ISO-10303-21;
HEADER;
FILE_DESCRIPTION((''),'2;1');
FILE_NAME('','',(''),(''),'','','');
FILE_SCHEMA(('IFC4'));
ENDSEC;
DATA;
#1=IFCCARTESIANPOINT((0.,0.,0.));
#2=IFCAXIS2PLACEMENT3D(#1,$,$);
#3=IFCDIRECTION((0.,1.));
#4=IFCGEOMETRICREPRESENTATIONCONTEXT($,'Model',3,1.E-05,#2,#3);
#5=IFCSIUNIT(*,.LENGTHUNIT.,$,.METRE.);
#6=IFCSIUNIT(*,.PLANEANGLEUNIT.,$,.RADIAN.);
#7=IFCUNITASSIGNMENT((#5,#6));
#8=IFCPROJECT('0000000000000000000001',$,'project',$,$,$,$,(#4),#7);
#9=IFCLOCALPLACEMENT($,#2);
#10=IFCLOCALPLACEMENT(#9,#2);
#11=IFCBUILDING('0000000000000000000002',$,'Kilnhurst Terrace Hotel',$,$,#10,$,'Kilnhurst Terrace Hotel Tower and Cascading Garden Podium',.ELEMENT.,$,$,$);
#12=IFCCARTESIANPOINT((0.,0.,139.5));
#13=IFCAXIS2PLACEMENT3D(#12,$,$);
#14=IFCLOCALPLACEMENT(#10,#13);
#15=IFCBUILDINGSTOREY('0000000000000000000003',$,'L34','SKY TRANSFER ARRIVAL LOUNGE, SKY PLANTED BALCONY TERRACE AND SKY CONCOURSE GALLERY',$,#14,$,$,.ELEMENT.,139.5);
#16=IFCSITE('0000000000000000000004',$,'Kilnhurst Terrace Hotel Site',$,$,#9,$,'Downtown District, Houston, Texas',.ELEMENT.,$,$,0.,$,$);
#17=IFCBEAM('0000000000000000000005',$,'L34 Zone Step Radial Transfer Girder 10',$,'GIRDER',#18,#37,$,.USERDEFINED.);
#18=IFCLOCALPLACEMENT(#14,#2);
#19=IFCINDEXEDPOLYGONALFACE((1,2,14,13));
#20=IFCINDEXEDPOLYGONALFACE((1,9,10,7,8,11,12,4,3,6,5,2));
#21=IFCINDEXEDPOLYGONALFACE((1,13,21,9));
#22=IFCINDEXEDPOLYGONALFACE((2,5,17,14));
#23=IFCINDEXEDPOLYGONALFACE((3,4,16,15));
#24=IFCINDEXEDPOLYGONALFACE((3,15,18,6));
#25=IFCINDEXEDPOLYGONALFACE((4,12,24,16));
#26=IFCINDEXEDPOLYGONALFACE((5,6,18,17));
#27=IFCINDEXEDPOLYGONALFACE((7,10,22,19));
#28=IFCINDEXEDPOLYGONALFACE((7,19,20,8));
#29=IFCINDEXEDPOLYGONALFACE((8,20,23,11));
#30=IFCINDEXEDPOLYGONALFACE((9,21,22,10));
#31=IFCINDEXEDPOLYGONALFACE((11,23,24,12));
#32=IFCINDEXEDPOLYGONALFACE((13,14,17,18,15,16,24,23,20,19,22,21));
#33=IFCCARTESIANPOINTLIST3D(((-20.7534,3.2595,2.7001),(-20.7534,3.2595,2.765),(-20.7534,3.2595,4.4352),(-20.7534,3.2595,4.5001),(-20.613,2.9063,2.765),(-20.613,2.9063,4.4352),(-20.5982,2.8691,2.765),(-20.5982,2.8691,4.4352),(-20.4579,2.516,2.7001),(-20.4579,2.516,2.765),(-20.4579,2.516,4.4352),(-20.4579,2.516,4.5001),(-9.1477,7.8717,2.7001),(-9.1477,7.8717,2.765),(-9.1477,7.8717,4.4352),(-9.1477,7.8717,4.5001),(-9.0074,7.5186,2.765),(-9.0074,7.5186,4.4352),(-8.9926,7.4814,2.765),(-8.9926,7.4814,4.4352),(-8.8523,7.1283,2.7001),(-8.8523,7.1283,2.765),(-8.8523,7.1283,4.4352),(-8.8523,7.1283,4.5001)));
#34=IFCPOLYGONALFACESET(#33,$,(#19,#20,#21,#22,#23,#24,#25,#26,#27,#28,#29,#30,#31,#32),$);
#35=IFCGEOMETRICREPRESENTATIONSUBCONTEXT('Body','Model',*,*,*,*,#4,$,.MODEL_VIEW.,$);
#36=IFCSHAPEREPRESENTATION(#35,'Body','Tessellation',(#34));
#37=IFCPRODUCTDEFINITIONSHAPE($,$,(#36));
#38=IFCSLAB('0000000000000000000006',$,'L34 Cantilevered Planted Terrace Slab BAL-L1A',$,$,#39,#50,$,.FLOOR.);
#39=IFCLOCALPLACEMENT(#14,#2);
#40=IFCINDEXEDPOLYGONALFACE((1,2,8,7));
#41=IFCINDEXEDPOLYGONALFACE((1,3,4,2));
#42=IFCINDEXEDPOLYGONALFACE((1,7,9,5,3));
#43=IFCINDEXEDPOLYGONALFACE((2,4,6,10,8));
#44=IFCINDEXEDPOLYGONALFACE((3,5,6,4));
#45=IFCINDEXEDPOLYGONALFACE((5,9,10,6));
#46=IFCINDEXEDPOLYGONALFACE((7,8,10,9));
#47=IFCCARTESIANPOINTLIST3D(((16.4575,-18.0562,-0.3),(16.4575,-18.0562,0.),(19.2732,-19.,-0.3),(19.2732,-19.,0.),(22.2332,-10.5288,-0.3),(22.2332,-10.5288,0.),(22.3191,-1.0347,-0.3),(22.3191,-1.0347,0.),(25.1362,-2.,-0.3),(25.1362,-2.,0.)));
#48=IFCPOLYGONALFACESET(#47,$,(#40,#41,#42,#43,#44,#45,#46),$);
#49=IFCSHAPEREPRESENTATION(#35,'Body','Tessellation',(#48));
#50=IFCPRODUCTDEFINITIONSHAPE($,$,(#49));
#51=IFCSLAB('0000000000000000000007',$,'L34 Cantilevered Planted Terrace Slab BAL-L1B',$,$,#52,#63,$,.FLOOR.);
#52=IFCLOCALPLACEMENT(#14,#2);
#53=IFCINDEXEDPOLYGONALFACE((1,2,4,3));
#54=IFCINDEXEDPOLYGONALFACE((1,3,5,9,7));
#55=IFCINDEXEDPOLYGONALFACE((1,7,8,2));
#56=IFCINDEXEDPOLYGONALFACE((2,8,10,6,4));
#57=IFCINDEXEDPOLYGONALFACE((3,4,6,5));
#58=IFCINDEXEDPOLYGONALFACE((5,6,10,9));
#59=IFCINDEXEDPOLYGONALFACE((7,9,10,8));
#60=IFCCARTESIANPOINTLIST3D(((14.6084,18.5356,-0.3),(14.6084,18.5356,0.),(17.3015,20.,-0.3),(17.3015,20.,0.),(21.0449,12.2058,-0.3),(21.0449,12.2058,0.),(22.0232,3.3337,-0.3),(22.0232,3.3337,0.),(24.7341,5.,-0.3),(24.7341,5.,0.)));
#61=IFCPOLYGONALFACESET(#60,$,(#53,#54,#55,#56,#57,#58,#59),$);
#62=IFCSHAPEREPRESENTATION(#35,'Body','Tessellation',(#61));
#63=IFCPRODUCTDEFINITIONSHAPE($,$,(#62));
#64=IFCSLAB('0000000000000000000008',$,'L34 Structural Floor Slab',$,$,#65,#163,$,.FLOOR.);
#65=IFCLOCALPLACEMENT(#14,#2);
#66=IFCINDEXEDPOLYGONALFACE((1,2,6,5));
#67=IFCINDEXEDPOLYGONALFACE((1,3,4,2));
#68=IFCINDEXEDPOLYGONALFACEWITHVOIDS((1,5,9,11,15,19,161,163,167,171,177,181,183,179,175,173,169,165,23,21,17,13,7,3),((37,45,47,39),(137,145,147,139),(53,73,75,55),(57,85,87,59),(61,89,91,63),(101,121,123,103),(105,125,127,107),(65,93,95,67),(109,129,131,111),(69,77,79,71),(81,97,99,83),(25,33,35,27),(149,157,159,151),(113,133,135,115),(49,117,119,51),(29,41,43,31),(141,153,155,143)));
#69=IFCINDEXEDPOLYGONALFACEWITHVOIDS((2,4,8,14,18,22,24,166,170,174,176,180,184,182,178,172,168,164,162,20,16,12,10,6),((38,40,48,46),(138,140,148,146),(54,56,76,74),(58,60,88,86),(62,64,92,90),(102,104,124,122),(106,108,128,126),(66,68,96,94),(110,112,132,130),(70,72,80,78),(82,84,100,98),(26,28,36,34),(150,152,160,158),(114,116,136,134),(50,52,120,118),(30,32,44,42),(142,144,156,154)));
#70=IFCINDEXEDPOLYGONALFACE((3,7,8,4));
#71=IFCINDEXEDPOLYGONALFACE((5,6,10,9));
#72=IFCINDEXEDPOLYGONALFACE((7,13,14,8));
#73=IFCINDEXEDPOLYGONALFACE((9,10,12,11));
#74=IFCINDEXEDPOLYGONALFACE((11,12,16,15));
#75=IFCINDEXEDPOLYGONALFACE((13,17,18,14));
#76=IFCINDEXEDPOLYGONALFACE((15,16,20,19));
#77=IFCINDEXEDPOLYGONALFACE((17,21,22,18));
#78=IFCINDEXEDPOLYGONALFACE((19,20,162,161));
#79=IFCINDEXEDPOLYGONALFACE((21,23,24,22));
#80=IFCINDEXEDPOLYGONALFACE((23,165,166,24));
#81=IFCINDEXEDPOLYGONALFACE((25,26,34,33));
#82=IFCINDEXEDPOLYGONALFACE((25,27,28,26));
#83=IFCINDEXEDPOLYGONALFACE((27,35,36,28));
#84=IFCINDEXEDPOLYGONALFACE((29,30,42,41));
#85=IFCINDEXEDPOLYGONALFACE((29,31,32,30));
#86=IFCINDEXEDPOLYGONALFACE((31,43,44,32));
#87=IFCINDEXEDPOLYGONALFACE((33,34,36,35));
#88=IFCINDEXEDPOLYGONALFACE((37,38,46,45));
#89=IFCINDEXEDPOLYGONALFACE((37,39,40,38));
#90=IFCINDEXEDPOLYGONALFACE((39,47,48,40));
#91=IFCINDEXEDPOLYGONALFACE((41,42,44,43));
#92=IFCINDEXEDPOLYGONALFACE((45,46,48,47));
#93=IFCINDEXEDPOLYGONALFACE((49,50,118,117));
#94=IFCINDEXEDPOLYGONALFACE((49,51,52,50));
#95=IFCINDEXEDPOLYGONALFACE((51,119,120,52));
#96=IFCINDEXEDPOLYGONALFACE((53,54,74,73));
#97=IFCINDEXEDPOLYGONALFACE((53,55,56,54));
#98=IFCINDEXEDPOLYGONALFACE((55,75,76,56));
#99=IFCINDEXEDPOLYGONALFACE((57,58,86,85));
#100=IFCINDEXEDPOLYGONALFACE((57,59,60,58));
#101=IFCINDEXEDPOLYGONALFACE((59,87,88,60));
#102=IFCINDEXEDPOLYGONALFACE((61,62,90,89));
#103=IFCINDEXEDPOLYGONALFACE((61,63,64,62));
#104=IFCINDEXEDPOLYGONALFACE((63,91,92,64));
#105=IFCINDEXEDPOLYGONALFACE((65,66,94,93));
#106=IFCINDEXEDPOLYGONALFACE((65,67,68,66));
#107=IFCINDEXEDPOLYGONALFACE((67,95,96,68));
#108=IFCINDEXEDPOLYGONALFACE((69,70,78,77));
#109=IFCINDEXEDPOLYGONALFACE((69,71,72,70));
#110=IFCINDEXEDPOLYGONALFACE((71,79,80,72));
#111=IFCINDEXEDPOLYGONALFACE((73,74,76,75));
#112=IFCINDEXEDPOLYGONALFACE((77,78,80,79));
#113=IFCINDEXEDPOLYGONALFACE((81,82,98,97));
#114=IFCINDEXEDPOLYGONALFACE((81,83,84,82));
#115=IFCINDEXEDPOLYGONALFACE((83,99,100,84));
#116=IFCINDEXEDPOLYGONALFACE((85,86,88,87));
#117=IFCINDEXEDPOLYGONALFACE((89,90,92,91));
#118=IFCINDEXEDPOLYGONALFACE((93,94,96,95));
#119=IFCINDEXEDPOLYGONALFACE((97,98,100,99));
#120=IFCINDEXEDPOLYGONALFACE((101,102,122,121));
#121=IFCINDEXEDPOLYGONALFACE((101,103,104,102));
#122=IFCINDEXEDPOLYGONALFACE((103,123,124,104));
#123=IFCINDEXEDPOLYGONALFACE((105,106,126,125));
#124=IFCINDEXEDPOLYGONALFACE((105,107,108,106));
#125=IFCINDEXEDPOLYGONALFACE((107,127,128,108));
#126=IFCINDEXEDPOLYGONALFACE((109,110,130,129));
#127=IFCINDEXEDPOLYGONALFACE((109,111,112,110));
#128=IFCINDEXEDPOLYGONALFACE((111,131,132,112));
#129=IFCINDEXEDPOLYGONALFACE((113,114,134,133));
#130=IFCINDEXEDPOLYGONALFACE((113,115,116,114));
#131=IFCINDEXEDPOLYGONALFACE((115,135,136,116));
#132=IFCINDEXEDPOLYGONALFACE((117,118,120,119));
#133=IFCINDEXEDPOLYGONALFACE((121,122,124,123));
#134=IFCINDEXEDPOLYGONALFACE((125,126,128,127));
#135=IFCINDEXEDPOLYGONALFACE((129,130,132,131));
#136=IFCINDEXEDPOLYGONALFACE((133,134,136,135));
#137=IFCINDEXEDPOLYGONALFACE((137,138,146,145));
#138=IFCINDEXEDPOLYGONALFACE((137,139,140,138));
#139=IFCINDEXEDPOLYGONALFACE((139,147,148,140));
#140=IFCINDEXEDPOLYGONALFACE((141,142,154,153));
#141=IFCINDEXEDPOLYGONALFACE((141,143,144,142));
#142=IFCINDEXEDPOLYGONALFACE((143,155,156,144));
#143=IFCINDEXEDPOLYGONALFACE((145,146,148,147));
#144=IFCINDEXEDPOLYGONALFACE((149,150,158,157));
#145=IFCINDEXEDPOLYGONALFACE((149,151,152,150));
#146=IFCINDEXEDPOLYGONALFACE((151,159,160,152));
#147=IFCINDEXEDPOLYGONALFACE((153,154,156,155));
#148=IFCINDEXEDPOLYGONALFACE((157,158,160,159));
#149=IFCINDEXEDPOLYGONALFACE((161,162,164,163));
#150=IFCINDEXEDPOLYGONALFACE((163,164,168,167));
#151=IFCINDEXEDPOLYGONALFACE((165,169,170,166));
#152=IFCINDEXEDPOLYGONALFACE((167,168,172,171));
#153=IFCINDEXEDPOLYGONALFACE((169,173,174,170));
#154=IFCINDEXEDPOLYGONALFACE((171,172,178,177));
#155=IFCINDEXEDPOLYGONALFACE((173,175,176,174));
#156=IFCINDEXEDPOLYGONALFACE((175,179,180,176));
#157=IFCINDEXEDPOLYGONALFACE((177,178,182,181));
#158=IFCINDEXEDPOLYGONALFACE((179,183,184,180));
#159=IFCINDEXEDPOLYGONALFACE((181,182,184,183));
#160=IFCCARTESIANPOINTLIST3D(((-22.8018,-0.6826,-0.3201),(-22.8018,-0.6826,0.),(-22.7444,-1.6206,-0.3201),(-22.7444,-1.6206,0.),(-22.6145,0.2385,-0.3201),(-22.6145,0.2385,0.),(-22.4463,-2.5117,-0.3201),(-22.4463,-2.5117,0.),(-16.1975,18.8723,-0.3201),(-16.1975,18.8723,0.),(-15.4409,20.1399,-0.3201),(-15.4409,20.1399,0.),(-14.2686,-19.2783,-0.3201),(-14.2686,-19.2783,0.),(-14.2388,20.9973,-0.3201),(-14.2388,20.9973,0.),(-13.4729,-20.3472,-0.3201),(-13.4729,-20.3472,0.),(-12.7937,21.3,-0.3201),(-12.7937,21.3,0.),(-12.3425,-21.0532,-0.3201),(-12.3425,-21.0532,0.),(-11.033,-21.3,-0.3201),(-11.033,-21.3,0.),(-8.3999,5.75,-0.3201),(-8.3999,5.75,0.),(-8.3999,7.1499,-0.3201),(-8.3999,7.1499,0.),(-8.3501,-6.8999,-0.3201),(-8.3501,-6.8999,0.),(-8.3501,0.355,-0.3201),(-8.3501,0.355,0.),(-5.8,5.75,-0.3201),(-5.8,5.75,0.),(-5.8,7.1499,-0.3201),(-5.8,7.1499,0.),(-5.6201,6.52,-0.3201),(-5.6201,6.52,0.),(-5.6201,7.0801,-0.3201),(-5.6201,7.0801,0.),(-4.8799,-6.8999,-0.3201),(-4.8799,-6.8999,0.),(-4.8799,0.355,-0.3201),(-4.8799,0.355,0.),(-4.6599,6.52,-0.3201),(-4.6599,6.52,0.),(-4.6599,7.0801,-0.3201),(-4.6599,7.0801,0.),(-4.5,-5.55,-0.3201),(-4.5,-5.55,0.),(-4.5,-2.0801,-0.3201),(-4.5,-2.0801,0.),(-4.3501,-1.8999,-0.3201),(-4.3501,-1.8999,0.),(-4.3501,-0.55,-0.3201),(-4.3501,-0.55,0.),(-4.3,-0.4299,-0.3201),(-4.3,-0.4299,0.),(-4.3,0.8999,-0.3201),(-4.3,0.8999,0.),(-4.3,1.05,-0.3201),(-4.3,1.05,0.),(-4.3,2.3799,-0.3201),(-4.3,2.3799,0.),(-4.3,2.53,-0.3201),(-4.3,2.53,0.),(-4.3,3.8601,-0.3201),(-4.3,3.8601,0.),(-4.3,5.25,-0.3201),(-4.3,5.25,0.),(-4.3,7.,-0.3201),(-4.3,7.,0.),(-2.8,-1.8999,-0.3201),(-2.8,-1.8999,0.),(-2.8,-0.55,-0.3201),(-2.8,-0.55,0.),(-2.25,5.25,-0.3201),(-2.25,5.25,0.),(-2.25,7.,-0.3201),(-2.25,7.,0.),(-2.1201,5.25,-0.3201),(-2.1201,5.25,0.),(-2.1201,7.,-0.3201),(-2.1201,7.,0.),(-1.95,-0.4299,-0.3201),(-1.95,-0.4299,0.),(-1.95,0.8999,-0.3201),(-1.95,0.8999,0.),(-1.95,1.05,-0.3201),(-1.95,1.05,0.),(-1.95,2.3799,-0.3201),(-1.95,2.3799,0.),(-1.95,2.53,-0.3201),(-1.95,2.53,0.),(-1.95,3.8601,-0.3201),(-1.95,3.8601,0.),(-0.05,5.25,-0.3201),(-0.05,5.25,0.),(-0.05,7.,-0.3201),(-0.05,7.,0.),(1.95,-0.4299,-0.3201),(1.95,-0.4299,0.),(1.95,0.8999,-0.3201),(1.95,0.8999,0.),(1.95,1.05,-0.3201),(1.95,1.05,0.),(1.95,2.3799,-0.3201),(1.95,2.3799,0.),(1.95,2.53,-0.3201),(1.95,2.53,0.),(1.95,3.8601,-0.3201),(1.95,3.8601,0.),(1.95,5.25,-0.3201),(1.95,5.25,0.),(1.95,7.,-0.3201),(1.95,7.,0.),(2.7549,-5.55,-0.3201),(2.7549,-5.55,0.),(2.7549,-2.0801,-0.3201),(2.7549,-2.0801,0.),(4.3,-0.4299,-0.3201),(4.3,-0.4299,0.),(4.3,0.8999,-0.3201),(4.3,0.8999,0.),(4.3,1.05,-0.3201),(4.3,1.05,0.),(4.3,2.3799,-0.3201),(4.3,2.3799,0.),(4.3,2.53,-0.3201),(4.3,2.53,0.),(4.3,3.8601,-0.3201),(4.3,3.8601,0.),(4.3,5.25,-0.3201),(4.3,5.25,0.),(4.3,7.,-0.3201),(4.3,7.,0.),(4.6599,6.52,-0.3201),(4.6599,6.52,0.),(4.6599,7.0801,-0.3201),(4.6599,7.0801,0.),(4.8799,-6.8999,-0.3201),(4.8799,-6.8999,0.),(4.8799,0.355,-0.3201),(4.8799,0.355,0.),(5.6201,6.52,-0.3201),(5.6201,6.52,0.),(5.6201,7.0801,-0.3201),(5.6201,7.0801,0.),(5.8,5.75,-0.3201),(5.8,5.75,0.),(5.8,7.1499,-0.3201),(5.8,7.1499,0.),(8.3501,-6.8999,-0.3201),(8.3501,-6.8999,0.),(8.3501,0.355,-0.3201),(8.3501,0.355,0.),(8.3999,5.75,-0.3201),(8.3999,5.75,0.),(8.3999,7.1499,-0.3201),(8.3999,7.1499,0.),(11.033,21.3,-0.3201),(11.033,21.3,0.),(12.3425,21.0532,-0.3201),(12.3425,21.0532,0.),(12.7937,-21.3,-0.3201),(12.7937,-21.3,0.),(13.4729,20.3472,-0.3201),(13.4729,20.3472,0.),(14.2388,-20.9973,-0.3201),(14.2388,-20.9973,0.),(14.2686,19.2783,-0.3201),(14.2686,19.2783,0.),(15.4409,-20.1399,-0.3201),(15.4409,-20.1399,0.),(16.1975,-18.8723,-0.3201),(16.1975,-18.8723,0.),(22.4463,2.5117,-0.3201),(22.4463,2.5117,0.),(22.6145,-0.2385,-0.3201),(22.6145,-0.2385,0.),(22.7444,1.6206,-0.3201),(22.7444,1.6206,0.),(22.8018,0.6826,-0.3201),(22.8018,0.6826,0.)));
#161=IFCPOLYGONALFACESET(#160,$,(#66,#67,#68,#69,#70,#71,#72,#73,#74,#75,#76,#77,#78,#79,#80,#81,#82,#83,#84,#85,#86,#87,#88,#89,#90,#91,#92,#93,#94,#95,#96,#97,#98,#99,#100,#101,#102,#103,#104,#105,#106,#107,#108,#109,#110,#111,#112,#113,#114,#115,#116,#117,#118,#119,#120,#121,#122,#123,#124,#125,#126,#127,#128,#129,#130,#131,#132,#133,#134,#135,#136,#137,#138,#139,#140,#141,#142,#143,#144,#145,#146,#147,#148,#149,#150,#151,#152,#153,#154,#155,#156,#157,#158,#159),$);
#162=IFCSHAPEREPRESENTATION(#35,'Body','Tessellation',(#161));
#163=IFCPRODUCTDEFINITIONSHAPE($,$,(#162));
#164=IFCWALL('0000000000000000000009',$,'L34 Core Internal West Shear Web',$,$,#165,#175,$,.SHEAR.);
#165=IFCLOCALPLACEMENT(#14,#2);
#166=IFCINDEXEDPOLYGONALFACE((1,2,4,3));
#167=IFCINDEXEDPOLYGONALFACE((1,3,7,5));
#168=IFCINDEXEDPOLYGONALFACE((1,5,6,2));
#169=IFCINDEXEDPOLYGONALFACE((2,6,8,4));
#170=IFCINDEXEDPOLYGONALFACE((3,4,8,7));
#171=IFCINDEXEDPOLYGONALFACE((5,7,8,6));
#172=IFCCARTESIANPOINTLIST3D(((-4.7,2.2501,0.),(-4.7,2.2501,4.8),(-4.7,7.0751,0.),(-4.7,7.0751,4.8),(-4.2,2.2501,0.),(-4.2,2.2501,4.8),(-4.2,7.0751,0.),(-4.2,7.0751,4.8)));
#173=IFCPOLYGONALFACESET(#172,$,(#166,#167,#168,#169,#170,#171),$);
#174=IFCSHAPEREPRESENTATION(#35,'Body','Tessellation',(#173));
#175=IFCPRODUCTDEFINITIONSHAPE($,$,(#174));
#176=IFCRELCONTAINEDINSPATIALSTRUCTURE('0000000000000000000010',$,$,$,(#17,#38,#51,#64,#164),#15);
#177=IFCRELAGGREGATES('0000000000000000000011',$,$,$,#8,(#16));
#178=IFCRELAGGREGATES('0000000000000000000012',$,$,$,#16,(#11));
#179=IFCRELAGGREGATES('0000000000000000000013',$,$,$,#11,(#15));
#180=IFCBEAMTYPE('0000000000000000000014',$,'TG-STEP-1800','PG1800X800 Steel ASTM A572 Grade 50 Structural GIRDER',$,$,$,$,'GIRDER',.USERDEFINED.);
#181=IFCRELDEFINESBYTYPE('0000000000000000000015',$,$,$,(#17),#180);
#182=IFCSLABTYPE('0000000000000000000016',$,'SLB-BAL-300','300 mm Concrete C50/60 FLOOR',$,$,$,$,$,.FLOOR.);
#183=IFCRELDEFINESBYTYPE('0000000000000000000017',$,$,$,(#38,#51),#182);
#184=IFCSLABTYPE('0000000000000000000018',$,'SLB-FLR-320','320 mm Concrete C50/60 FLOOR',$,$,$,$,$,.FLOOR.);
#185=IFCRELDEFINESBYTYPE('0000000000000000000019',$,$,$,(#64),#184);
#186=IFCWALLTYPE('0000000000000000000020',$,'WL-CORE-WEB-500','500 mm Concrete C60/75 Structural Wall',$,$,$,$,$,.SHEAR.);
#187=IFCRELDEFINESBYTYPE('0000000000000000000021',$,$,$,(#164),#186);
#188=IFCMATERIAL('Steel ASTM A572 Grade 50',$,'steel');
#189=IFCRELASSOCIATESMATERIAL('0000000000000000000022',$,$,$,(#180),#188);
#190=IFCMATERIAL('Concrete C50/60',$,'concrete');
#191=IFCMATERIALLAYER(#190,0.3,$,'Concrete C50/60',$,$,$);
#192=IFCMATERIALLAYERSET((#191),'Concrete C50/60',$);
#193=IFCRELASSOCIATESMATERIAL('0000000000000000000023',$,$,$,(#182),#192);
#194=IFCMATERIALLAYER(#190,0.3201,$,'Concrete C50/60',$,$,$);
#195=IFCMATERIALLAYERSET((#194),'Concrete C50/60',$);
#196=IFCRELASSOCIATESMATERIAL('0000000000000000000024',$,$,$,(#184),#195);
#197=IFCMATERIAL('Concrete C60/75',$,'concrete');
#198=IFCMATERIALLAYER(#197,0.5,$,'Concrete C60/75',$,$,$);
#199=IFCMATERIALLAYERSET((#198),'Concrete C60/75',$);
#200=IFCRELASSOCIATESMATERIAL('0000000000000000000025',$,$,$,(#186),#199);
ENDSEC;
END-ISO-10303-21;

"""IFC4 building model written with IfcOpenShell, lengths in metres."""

from ifc_helpers import new_model, si_unit, direction, frame, frame_2d, origin, origin_2d, place, context, subcontext, project, spatial, polyline, rectangle, i_section, outline, extrude, material, layer, layer_set, material_profile, profile_set, type_object, element, save


model = new_model("IFC4")

# Units and contexts
model_context = context("Model", 3, precision=1e-05, world=origin(), true_north=direction((0.0, 1.0)))
body_context = subcontext(model_context, "Body", "Model", "MODEL_VIEW")
ifc_project = project(units=[si_unit("LENGTHUNIT", "METRE"), si_unit("PLANEANGLEUNIT", "RADIAN")], contexts=[model_context])

# Site, building, storey
site_placement = place(None, origin())
site = spatial("IfcSite", under=ifc_project, at=site_placement, Name="Kilnhurst Terrace Hotel Site", LongName="Downtown District, Houston, Texas", CompositionType="ELEMENT", RefElevation=0.0)
building_placement = place(site_placement, origin())
building = spatial("IfcBuilding", under=site, at=building_placement, Name="Kilnhurst Terrace Hotel", LongName="Kilnhurst Terrace Hotel Tower and Cascading Garden Podium", CompositionType="ELEMENT")
storey_placement = place(building_placement, frame((0.0, 0.0, 139.5)))
storey = spatial("IfcBuildingStorey", under=building, at=storey_placement, Name="L34", Description="SKY TRANSFER ARRIVAL LOUNGE, SKY PLANTED BALCONY TERRACE AND SKY CONCOURSE GALLERY", CompositionType="ELEMENT", Elevation=139.5)

# Beam
ifc_material_1 = material(Name="Concrete C50/60", Category="concrete")
ifc_material_2 = material(Name="Steel ASTM A572 Grade 50", Category="steel")
ifc_material_profile_1 = material_profile(ifc_material_2, i_section(OverallWidth=0.8, OverallDepth=1.8, WebThickness=0.04, FlangeThickness=0.0649, at=origin_2d()), Name="PG1800X800")
ifc_profile_set_1 = profile_set([ifc_material_profile_1], Name="Steel ASTM A572 Grade 50")
beam_type_1 = type_object("IfcBeamType", Name="TG-STEP-1800", Description="PG1800X800 Steel ASTM A572 Grade 50 Structural GIRDER", ElementType="GIRDER", PredefinedType="USERDEFINED", material=ifc_profile_set_1)
beam_1_placement = place(storey_placement, frame((-9.0, 7.5, 3.6001), z_axis=(-0.929302, -0.36932, 0.0), x_axis=(0.36932, -0.929302, 0.0)))
element("IfcBeam", 1, at=beam_1_placement, inside=storey, type_object=beam_type_1, Name="L34 Zone Step Radial Transfer Girder 10", ObjectType="GIRDER", PredefinedType="USERDEFINED", context=body_context, shape_type="SweptSolid", body=[
    extrude(i_section(OverallWidth=0.8, OverallDepth=1.8, WebThickness=0.04, FlangeThickness=0.0649, at=origin_2d()), origin(), (0.0, 0.0, 1.0), 12.4885),
])

# Slabs
ifc_layer_1 = layer(ifc_material_1, 0.3, Name="Concrete C50/60")
ifc_layer_set_1 = layer_set([ifc_layer_1], Name="Concrete C50/60")
slab_type_1 = type_object("IfcSlabType", Name="SLB-BAL-300", Description="300 mm Concrete C50/60 FLOOR", PredefinedType="FLOOR", material=ifc_layer_set_1)
slab_1_placement = place(storey_placement, frame((0.0, 0.0, -0.3)))
element("IfcSlab", 2, at=slab_1_placement, inside=storey, type_object=slab_type_1, Name="L34 Cantilevered Planted Terrace Slab BAL-L1A", PredefinedType="FLOOR", context=body_context, shape_type="SweptSolid", body=[
    extrude(outline(polyline([(22.2332, -10.5288), (19.2732, -19.0), (16.4575, -18.0562), (22.3191, -1.0347), (25.1362, -2.0), (22.2332, -10.5288)])), origin(), (0.0, 0.0, 1.0), 0.3),
])
slab_2_placement = place(storey_placement, frame((0.0, 0.0, -0.3)))
element("IfcSlab", 3, at=slab_2_placement, inside=storey, type_object=slab_type_1, Name="L34 Cantilevered Planted Terrace Slab BAL-L1B", PredefinedType="FLOOR", context=body_context, shape_type="SweptSolid", body=[
    extrude(outline(polyline([(24.7341, 5.0), (22.0232, 3.3337), (14.6084, 18.5356), (17.3015, 20.0), (21.0449, 12.2058), (24.7341, 5.0)])), origin(), (0.0, 0.0, 1.0), 0.3),
])
ifc_layer_2 = layer(ifc_material_1, 0.3201, Name="Concrete C50/60")
ifc_layer_set_2 = layer_set([ifc_layer_2], Name="Concrete C50/60")
slab_type_2 = type_object("IfcSlabType", Name="SLB-FLR-320", Description="320 mm Concrete C50/60 FLOOR", PredefinedType="FLOOR", material=ifc_layer_set_2)
slab_3_placement = place(storey_placement, frame((0.0, 0.0, -0.3201)))
element("IfcSlab", 4, at=slab_3_placement, inside=storey, type_object=slab_type_2, Name="L34 Structural Floor Slab", PredefinedType="FLOOR", context=body_context, shape_type="SweptSolid", body=[
    extrude(outline(polyline([(-14.2686, -19.2783), (-13.4729, -20.3472), (-12.3425, -21.0532), (-11.033, -21.3), (12.7937, -21.3), (14.2388, -20.9973), (15.4409, -20.1399), (16.1975, -18.8723), (22.6145, -0.2385), (22.8018, 0.6826), (22.7444, 1.6206), (22.4463, 2.5117), (14.2686, 19.2783), (13.4729, 20.3472), (12.3425, 21.0532), (11.033, 21.3), (-12.7937, 21.3), (-14.2388, 20.9973), (-15.4409, 20.1399), (-16.1975, 18.8723), (-22.6145, 0.2385), (-22.8018, -0.6826), (-22.7444, -1.6206), (-22.4463, -2.5117), (-14.2686, -19.2783)]), holes=[polyline([(-4.8799, 0.355), (-4.8799, -6.8999), (-8.3501, -6.8999), (-8.3501, 0.355), (-4.8799, 0.355)]), polyline([(-4.3501, -1.8999), (-4.3501, -0.55), (-2.8, -0.55), (-2.8, -1.8999), (-4.3501, -1.8999)]), polyline([(-4.3, -0.4299), (-4.3, 0.8999), (-1.95, 0.8999), (-1.95, -0.4299), (-4.3, -0.4299)]), polyline([(-4.3, 1.05), (-4.3, 2.3799), (-1.95, 2.3799), (-1.95, 1.05), (-4.3, 1.05)]), polyline([(-4.3, 2.53), (-4.3, 3.8601), (-1.95, 3.8601), (-1.95, 2.53), (-4.3, 2.53)]), polyline([(-4.3, 5.25), (-4.3, 7.0), (-2.25, 7.0), (-2.25, 5.25), (-4.3, 5.25)]), polyline([(-2.1201, 5.25), (-2.1201, 7.0), (-0.05, 7.0), (-0.05, 5.25), (-2.1201, 5.25)]), polyline([(-8.3999, 5.75), (-8.3999, 7.1499), (-5.8, 7.1499), (-5.8, 5.75), (-8.3999, 5.75)]), polyline([(-5.6201, 6.52), (-5.6201, 7.0801), (-4.6599, 7.0801), (-4.6599, 6.52), (-5.6201, 6.52)]), polyline([(2.7549, -5.55), (-4.5, -5.55), (-4.5, -2.0801), (2.7549, -2.0801), (2.7549, -5.55)]), polyline([(8.3501, 0.355), (8.3501, -6.8999), (4.8799, -6.8999), (4.8799, 0.355), (8.3501, 0.355)]), polyline([(1.95, -0.4299), (1.95, 0.8999), (4.3, 0.8999), (4.3, -0.4299), (1.95, -0.4299)]), polyline([(1.95, 1.05), (1.95, 2.3799), (4.3, 2.3799), (4.3, 1.05), (1.95, 1.05)]), polyline([(1.95, 2.53), (1.95, 3.8601), (4.3, 3.8601), (4.3, 2.53), (1.95, 2.53)]), polyline([(1.95, 5.25), (1.95, 7.0), (4.3, 7.0), (4.3, 5.25), (1.95, 5.25)]), polyline([(5.8, 7.1499), (8.3999, 7.1499), (8.3999, 5.75), (5.8, 5.75), (5.8, 7.1499)]), polyline([(4.6599, 7.0801), (5.6201, 7.0801), (5.6201, 6.52), (4.6599, 6.52), (4.6599, 7.0801)])]), origin(), (0.0, 0.0, 1.0), 0.3201),
])

# Wall
ifc_material_3 = material(Name="Concrete C60/75", Category="concrete")
ifc_layer_3 = layer(ifc_material_3, 0.5, Name="Concrete C60/75")
ifc_layer_set_3 = layer_set([ifc_layer_3], Name="Concrete C60/75")
wall_type_1 = type_object("IfcWallType", Name="WL-CORE-WEB-500", Description="500 mm Concrete C60/75 Structural Wall", PredefinedType="SHEAR", material=ifc_layer_set_3)
wall_1_placement = place(storey_placement, frame((-4.45, 2.25, 0.0), z_axis=(0.0, 0.0, 1.0), x_axis=(0.0, 1.0, 0.0)))
element("IfcWall", 5, at=wall_1_placement, inside=storey, type_object=wall_type_1, Name="L34 Core Internal West Shear Web", PredefinedType="SHEAR", context=body_context, shape_type="SweptSolid", body=[
    extrude(rectangle(XDim=4.825, YDim=0.5, at=frame_2d((2.4126, 0.0))), origin(), (0.0, 0.0, 1.0), 4.8),
])

save(model, "model.ifc")
